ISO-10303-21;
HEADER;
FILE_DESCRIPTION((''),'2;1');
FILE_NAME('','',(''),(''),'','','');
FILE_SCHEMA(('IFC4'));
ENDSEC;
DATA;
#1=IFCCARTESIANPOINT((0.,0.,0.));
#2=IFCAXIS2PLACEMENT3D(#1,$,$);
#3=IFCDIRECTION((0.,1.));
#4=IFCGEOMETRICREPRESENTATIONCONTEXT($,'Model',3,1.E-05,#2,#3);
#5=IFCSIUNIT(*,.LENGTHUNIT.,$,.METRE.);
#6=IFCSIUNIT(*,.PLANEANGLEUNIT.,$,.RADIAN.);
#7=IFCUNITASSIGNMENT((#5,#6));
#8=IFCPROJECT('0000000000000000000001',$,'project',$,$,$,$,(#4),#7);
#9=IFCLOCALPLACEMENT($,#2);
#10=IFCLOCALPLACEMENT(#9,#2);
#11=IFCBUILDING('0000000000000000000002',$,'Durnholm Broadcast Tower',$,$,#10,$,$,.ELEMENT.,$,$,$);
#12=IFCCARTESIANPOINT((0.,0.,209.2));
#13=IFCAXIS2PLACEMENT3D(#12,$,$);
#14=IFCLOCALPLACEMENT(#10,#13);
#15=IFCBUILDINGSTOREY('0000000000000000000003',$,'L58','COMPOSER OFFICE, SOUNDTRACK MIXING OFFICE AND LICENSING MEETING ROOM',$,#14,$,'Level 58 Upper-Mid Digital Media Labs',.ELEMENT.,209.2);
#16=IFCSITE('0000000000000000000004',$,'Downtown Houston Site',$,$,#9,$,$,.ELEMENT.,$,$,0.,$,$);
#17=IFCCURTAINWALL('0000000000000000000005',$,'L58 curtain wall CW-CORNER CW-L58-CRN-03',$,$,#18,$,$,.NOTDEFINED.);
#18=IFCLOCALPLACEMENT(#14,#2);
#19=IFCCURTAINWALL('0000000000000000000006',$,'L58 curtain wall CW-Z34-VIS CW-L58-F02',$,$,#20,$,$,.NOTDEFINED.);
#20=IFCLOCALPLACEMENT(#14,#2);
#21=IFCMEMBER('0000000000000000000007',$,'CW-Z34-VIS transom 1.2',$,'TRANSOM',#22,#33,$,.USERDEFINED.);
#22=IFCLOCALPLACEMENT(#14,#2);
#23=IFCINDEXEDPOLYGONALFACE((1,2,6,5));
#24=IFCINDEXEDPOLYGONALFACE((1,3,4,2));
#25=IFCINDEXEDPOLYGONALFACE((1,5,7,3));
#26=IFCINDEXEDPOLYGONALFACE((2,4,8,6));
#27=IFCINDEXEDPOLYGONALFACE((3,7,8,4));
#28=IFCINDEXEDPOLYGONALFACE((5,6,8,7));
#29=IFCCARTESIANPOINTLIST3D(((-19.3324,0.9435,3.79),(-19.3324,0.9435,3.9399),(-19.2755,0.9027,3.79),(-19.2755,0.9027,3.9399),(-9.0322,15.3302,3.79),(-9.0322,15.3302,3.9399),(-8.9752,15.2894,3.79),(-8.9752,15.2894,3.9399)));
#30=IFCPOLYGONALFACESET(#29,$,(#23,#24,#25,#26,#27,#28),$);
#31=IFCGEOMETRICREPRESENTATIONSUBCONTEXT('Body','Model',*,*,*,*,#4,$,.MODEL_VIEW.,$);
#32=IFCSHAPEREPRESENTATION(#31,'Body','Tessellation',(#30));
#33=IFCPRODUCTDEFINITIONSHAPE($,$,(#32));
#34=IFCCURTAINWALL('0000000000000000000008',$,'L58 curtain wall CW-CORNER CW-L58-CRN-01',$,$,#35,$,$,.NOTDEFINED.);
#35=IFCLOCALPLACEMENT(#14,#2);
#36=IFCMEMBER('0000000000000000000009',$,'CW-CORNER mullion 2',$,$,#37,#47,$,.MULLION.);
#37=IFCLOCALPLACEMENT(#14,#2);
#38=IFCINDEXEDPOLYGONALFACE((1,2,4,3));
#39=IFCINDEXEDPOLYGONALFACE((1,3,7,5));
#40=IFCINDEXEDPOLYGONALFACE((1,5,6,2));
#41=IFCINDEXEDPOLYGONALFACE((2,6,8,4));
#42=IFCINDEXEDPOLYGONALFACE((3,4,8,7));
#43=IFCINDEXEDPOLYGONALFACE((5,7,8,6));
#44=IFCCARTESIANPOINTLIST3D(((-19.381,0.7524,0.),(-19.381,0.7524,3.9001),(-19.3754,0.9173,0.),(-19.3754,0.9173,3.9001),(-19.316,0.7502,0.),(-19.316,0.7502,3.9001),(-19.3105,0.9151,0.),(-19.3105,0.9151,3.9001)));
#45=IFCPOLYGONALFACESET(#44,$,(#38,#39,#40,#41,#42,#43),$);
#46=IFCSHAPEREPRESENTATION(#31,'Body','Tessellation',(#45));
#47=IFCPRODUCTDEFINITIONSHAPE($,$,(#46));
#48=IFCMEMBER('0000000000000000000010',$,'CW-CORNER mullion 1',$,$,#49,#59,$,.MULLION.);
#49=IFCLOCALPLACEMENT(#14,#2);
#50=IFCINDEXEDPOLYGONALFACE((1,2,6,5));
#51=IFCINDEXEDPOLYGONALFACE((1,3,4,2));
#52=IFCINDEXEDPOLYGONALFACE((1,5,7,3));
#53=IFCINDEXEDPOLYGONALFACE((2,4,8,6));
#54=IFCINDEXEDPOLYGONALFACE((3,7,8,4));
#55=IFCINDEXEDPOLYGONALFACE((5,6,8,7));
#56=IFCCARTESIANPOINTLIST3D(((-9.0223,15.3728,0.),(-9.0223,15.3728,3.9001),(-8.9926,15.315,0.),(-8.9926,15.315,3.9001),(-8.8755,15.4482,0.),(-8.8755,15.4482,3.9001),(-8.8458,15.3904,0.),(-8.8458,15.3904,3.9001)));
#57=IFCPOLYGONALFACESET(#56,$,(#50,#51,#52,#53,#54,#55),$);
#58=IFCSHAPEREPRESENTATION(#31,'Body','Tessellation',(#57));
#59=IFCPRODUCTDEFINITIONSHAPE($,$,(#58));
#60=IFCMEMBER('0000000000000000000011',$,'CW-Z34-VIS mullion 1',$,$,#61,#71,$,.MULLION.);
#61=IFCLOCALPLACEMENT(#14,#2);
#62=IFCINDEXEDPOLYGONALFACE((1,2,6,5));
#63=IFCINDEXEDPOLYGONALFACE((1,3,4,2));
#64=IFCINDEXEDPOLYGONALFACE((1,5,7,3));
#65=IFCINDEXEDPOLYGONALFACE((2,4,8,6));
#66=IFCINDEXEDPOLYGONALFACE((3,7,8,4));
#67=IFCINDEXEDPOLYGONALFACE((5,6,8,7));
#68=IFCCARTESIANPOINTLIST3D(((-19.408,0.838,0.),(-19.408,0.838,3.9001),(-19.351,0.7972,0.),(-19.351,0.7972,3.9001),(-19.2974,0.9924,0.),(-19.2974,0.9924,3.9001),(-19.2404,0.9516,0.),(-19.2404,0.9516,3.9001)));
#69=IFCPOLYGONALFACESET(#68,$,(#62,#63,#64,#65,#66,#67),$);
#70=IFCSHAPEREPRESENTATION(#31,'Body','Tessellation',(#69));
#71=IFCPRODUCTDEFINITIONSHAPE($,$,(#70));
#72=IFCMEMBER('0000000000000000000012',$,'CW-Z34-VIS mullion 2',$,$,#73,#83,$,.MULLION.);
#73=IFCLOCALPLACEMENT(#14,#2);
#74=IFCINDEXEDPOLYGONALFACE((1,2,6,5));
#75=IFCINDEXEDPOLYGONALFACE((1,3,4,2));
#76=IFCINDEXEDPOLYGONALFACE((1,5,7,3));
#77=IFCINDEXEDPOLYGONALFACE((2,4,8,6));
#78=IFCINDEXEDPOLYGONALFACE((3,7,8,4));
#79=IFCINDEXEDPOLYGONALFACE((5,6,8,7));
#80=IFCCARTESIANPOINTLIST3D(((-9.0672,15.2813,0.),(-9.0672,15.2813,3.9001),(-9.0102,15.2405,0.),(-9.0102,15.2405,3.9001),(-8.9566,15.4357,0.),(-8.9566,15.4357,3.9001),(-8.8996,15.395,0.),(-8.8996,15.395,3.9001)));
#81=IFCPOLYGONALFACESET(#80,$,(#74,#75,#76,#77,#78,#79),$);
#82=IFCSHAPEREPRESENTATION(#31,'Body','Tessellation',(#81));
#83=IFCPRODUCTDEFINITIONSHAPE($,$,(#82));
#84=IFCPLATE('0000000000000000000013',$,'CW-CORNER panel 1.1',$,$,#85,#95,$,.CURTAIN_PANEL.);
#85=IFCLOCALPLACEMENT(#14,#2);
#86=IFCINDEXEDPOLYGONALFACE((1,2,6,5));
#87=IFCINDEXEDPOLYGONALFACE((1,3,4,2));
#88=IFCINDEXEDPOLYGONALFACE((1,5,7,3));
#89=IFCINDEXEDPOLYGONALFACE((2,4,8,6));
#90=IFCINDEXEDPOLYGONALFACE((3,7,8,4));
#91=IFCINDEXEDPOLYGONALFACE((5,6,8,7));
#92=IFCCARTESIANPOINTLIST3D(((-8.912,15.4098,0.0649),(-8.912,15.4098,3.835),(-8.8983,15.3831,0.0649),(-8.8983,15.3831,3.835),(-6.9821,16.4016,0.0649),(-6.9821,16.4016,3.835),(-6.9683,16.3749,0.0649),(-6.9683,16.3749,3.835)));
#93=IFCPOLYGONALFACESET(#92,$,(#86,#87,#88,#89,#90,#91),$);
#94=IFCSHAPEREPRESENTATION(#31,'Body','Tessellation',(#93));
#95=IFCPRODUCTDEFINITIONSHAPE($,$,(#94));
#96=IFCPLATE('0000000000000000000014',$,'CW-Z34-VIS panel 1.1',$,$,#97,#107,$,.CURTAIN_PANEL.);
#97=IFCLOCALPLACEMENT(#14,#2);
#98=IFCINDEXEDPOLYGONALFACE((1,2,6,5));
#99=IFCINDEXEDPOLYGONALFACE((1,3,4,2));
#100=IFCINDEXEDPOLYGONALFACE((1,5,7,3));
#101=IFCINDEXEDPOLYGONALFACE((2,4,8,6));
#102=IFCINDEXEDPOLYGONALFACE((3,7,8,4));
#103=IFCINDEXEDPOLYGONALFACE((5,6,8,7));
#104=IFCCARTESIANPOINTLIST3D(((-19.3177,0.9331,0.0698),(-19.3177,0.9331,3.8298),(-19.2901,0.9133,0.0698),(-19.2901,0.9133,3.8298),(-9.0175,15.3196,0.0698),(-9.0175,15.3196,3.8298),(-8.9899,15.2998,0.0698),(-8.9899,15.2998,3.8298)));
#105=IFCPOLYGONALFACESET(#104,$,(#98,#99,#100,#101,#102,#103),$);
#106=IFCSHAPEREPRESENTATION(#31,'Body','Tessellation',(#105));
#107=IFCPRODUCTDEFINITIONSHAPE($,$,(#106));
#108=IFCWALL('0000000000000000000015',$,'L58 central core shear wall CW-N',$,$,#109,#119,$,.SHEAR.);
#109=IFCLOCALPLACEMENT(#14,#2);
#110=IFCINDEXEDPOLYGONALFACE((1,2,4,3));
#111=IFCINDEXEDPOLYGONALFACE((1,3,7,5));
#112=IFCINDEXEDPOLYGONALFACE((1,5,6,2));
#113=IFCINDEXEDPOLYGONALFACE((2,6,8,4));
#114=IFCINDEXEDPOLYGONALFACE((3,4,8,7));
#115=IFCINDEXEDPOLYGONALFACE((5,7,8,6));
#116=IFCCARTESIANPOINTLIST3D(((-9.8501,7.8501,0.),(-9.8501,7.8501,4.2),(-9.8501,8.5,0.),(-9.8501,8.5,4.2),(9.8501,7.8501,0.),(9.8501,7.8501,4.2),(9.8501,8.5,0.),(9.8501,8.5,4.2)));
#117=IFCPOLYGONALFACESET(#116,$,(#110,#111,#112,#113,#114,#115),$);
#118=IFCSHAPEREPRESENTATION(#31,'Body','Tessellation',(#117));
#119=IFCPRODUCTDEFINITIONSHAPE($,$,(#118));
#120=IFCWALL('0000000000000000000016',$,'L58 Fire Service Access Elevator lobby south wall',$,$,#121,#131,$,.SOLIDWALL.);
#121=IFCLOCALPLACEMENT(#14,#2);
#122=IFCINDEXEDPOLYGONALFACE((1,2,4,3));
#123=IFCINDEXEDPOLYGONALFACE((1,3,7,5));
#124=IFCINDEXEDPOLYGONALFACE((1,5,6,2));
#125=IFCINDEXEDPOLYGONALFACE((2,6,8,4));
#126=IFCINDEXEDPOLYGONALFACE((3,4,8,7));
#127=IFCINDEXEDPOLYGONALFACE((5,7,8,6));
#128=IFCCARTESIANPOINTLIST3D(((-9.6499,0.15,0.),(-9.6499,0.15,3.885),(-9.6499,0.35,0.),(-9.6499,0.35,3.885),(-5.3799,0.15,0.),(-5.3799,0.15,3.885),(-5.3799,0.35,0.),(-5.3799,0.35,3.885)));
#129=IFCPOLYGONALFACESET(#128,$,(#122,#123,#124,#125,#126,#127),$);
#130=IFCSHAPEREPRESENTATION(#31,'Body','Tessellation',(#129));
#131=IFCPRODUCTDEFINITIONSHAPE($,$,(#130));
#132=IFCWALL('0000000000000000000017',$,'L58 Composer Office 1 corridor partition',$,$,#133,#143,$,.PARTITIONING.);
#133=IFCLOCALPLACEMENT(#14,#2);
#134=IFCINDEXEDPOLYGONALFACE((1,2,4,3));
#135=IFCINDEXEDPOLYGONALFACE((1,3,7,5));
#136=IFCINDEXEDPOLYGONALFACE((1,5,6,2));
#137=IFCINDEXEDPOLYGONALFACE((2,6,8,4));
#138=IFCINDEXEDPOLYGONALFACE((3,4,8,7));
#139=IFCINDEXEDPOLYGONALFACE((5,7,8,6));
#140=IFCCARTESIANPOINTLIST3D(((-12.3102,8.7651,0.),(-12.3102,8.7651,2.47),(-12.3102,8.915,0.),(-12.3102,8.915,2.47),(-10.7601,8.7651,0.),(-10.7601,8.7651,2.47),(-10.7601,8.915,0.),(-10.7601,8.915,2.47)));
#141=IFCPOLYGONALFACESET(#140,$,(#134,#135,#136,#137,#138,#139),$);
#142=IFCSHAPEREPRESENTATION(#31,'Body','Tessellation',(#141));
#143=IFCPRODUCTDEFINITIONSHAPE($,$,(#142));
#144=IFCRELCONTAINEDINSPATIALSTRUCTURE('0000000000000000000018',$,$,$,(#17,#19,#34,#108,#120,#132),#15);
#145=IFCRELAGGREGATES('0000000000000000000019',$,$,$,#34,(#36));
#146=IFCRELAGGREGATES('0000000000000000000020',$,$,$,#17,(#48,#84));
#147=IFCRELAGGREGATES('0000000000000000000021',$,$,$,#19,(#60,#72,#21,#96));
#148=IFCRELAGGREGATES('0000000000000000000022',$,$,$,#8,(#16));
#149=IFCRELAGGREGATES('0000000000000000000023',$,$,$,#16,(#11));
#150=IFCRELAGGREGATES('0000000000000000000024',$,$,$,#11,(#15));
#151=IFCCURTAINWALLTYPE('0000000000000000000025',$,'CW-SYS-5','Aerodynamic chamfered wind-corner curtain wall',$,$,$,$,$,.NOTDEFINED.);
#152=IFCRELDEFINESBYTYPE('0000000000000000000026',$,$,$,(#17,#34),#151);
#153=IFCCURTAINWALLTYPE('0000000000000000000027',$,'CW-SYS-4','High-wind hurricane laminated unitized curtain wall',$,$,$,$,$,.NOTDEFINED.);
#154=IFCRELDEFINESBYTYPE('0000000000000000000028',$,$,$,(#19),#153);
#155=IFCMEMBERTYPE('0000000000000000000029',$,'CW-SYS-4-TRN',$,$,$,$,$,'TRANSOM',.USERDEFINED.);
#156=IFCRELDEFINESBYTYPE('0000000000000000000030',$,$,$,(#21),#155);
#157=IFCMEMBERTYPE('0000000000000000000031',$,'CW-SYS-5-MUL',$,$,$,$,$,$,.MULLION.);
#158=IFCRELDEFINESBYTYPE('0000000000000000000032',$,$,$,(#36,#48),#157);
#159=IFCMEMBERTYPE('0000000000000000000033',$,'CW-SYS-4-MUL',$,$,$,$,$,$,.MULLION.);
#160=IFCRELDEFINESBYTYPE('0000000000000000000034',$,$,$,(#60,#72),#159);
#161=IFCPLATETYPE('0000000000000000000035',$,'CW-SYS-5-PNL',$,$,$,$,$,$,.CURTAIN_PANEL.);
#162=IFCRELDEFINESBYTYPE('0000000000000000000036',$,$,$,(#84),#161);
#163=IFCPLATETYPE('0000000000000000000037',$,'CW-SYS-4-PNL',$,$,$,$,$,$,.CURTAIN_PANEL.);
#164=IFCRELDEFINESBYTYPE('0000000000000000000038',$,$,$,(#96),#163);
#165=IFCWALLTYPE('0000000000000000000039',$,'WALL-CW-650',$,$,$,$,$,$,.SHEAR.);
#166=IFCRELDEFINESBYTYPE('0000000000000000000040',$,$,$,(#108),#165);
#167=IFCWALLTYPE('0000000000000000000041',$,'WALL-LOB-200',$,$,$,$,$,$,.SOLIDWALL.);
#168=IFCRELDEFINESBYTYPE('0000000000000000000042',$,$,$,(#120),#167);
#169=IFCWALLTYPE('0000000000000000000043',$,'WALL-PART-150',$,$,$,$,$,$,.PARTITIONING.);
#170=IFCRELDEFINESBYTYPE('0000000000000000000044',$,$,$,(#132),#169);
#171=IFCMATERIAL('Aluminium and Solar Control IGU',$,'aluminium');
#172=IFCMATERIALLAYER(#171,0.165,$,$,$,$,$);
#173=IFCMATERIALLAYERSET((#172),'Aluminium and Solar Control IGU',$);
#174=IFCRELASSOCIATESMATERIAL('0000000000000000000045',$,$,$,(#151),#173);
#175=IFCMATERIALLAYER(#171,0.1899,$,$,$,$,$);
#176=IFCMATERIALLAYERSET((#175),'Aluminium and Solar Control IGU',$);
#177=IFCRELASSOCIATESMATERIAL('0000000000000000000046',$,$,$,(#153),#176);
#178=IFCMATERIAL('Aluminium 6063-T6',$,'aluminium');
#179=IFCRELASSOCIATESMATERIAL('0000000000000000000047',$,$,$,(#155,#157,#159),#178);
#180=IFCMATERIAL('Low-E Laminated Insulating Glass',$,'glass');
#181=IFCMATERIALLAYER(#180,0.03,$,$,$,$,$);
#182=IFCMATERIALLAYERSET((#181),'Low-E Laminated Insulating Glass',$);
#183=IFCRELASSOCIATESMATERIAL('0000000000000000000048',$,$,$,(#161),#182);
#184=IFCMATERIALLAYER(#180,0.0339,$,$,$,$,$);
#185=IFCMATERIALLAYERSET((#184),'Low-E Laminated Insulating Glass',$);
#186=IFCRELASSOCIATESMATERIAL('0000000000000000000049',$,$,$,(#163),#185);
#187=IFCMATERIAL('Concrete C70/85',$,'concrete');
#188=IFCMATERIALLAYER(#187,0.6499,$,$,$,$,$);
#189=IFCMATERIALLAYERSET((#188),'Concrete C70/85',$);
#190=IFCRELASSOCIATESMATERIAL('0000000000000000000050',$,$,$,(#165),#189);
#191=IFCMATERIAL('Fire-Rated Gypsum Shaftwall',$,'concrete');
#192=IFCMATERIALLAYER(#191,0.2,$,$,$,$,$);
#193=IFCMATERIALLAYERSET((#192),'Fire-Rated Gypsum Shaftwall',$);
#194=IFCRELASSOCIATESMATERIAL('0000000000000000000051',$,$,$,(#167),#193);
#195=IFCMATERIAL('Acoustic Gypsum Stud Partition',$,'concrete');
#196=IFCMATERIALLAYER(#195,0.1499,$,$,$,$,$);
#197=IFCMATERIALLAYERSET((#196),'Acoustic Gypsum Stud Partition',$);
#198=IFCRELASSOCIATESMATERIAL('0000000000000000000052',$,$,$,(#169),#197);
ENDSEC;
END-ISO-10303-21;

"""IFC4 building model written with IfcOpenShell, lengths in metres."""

from ifc_helpers import new_model, si_unit, direction, frame, frame_2d, origin, origin_2d, place, context, subcontext, project, spatial, rectangle, extrude, source, transform, mapped, material, layer, layer_set, material_profile, profile_set, type_object, type_shapes, element, aggregate, save


model = new_model("IFC4")

# Units and contexts
model_context = context("Model", 3, precision=1e-05, world=origin(), true_north=direction((0.0, 1.0)))
body_context = subcontext(model_context, "Body", "Model", "MODEL_VIEW")
ifc_project = project(units=[si_unit("LENGTHUNIT", "METRE"), si_unit("PLANEANGLEUNIT", "RADIAN")], contexts=[model_context])

# Site, building, storey
site_placement = place(None, origin())
site = spatial("IfcSite", under=ifc_project, at=site_placement, Name="Downtown Houston Site", CompositionType="ELEMENT", RefElevation=0.0)
building_placement = place(site_placement, origin())
building = spatial("IfcBuilding", under=site, at=building_placement, Name="Durnholm Broadcast Tower", CompositionType="ELEMENT")
storey_placement = place(building_placement, frame((0.0, 0.0, 209.2)))
storey = spatial("IfcBuildingStorey", under=building, at=storey_placement, Name="L58", Description="COMPOSER OFFICE, SOUNDTRACK MIXING OFFICE AND LICENSING MEETING ROOM", LongName="Level 58 Upper-Mid Digital Media Labs", CompositionType="ELEMENT", Elevation=209.2)

# Shared definitions
ifc_material_1 = material(Name="Concrete C70/85", Category="concrete")

# Curtain walls, member
ifc_material_2 = material(Name="Aluminium and Solar Control IGU", Category="aluminium")
ifc_layer_1 = layer(ifc_material_2, 0.165)
ifc_layer_set_1 = layer_set([ifc_layer_1], Name="Aluminium and Solar Control IGU")
curtain_wall_type_1 = type_object("IfcCurtainWallType", Name="CW-SYS-5", Description="Aerodynamic chamfered wind-corner curtain wall", PredefinedType="NOTDEFINED", material=ifc_layer_set_1)
curtain_wall_1_placement = place(storey_placement, origin())
curtain_wall_1 = element("IfcCurtainWall", 1, at=curtain_wall_1_placement, inside=storey, type_object=curtain_wall_type_1, Name="L58 curtain wall CW-CORNER CW-L58-CRN-03", PredefinedType="NOTDEFINED")
ifc_material_3 = material(Name="Aluminium 6063-T6", Category="aluminium")
ifc_layer_2 = layer(ifc_material_2, 0.1899)
ifc_layer_set_2 = layer_set([ifc_layer_2], Name="Aluminium and Solar Control IGU")
curtain_wall_type_2 = type_object("IfcCurtainWallType", Name="CW-SYS-4", Description="High-wind hurricane laminated unitized curtain wall", PredefinedType="NOTDEFINED", material=ifc_layer_set_2)
curtain_wall_2_placement = place(storey_placement, origin())
curtain_wall_2 = element("IfcCurtainWall", 2, at=curtain_wall_2_placement, inside=storey, type_object=curtain_wall_type_2, Name="L58 curtain wall CW-Z34-VIS CW-L58-F02", PredefinedType="NOTDEFINED")
ifc_material_profile_1 = material_profile(ifc_material_3, rectangle(XDim=0.0701, YDim=0.1499, at=origin_2d()), Name="CWT70X150")
ifc_profile_set_1 = profile_set([ifc_material_profile_1], Name="Aluminium 6063-T6")
member_type_1 = type_object("IfcMemberType", Name="CW-SYS-4-TRN", ElementType="TRANSOM", PredefinedType="USERDEFINED", material=ifc_profile_set_1)
shared_shape_1 = source(origin(), body_context, "Body", "SweptSolid", [
    extrude(rectangle(XDim=0.0701, YDim=0.1499, at=origin_2d()), origin(), (0.0, 0.0, 1.0), 17.6938),
])
type_shapes(member_type_1, [shared_shape_1])
member_1_placement = place(storey_placement, frame((-19.304, 0.9231, 3.865), z_axis=(0.582138, 0.81309, 0.0), x_axis=(-0.81309, 0.582138, 0.0)))
member_1 = element("IfcMember", 3, at=member_1_placement, type_object=member_type_1, Name="CW-Z34-VIS transom 1.2", ObjectType="TRANSOM", PredefinedType="USERDEFINED", context=body_context, shape_type="MappedRepresentation", body=[
    mapped(shared_shape_1, transform((0.0, 0.0, 0.0), x_axis=(1.0, 0.0, 0.0), y_axis=(0.0, 1.0, 0.0), z_axis=(0.0, 0.0, 1.0), scale=1.0)),
])

# Curtain wall, member
curtain_wall_3_placement = place(storey_placement, origin())
curtain_wall_3 = element("IfcCurtainWall", 4, at=curtain_wall_3_placement, inside=storey, type_object=curtain_wall_type_1, Name="L58 curtain wall CW-CORNER CW-L58-CRN-01", PredefinedType="NOTDEFINED")
ifc_material_profile_2 = material_profile(ifc_material_3, rectangle(XDim=0.0649, YDim=0.165, at=origin_2d()), Name="CWM65X165")
ifc_profile_set_2 = profile_set([ifc_material_profile_2], Name="Aluminium 6063-T6")
member_type_2 = type_object("IfcMemberType", Name="CW-SYS-5-MUL", PredefinedType="MULLION", material=ifc_profile_set_2)
shared_shape_2 = source(origin(), body_context, "Body", "SweptSolid", [
    extrude(rectangle(XDim=0.0649, YDim=0.165, at=origin_2d()), origin(), (0.0, 0.0, 1.0), 3.9001),
])
type_shapes(member_type_2, [shared_shape_2])
member_2_placement = place(storey_placement, frame((-19.3457, 0.8337, 0.0), z_axis=(0.0, 0.0, 1.0), x_axis=(-0.999425, 0.033913, 0.0)))
member_2 = element("IfcMember", 5, at=member_2_placement, type_object=member_type_2, Name="CW-CORNER mullion 2", PredefinedType="MULLION", context=body_context, shape_type="MappedRepresentation", body=[
    mapped(shared_shape_2, transform((0.0, 0.0, 0.0), x_axis=(1.0, 0.0, 0.0), y_axis=(0.0, 1.0, 0.0), z_axis=(0.0, 0.0, 1.0), scale=1.0)),
])
aggregate(curtain_wall_3, [member_2])

# Members
member_3_placement = place(storey_placement, frame((-8.9341, 15.3816, 0.0), z_axis=(0.0, 0.0, 1.0), x_axis=(-0.457082, 0.889425, 0.0)))
member_3 = element("IfcMember", 6, at=member_3_placement, type_object=member_type_2, Name="CW-CORNER mullion 1", PredefinedType="MULLION", context=body_context, shape_type="MappedRepresentation", body=[
    mapped(shared_shape_2, transform((0.0, 0.0, 0.0), x_axis=(1.0, 0.0, 0.0), y_axis=(0.0, 1.0, 0.0), z_axis=(0.0, 0.0, 1.0), scale=1.0)),
])
ifc_material_profile_3 = material_profile(ifc_material_3, rectangle(XDim=0.0701, YDim=0.1899, at=origin_2d()), Name="CWM70X190")
ifc_profile_set_3 = profile_set([ifc_material_profile_3], Name="Aluminium 6063-T6")
member_type_3 = type_object("IfcMemberType", Name="CW-SYS-4-MUL", PredefinedType="MULLION", material=ifc_profile_set_3)
shared_shape_3 = source(origin(), body_context, "Body", "SweptSolid", [
    extrude(rectangle(XDim=0.0701, YDim=0.1899, at=origin_2d()), origin(), (0.0, 0.0, 1.0), 3.9001),
])
type_shapes(member_type_3, [shared_shape_3])
member_4_placement = place(storey_placement, frame((-19.3242, 0.8948, 0.0), z_axis=(0.0, 0.0, 1.0), x_axis=(-0.813089, 0.582139, 0.0)))
member_4 = element("IfcMember", 7, at=member_4_placement, type_object=member_type_3, Name="CW-Z34-VIS mullion 1", PredefinedType="MULLION", context=body_context, shape_type="MappedRepresentation", body=[
    mapped(shared_shape_3, transform((0.0, 0.0, 0.0), x_axis=(1.0, 0.0, 0.0), y_axis=(0.0, 1.0, 0.0), z_axis=(0.0, 0.0, 1.0), scale=1.0)),
])
member_5_placement = place(storey_placement, frame((-8.9834, 15.3381, 0.0), z_axis=(0.0, 0.0, 1.0), x_axis=(-0.813089, 0.582139, 0.0)))
member_5 = element("IfcMember", 8, at=member_5_placement, type_object=member_type_3, Name="CW-Z34-VIS mullion 2", PredefinedType="MULLION", context=body_context, shape_type="MappedRepresentation", body=[
    mapped(shared_shape_3, transform((0.0, 0.0, 0.0), x_axis=(1.0, 0.0, 0.0), y_axis=(0.0, 1.0, 0.0), z_axis=(0.0, 0.0, 1.0), scale=1.0)),
])

# Plates
ifc_material_4 = material(Name="Low-E Laminated Insulating Glass", Category="glass")
ifc_layer_3 = layer(ifc_material_4, 0.03)
ifc_layer_set_3 = layer_set([ifc_layer_3], Name="Low-E Laminated Insulating Glass")
plate_type_1 = type_object("IfcPlateType", Name="CW-SYS-5-PNL", PredefinedType="CURTAIN_PANEL", material=ifc_layer_set_3)
shared_shape_4 = source(origin(), body_context, "Body", "SweptSolid", [
    extrude(rectangle(XDim=2.1699, YDim=0.03, at=origin_2d()), origin(), (0.0, 0.0, 1.0), 3.77),
])
type_shapes(plate_type_1, [shared_shape_4])
plate_1_placement = place(storey_placement, frame((-7.9402, 15.8923, 0.0649), z_axis=(0.0, 0.0, 1.0), x_axis=(0.889425, 0.457082, 0.0)))
plate_1 = element("IfcPlate", 9, at=plate_1_placement, type_object=plate_type_1, Name="CW-CORNER panel 1.1", PredefinedType="CURTAIN_PANEL", context=body_context, shape_type="MappedRepresentation", body=[
    mapped(shared_shape_4, transform((0.0, 0.0, 0.0), x_axis=(1.0, 0.0, 0.0), y_axis=(0.0, 1.0, 0.0), z_axis=(0.0, 0.0, 1.0), scale=1.0)),
])
aggregate(curtain_wall_1, [member_3, plate_1])
ifc_layer_4 = layer(ifc_material_4, 0.0339)
ifc_layer_set_4 = layer_set([ifc_layer_4], Name="Low-E Laminated Insulating Glass")
plate_type_2 = type_object("IfcPlateType", Name="CW-SYS-4-PNL", PredefinedType="CURTAIN_PANEL", material=ifc_layer_set_4)
shared_shape_5 = source(origin(), body_context, "Body", "SweptSolid", [
    extrude(rectangle(XDim=17.6936, YDim=0.0339, at=origin_2d()), origin(), (0.0, 0.0, 1.0), 3.76),
])
type_shapes(plate_type_2, [shared_shape_5])
plate_2_placement = place(storey_placement, frame((-14.1538, 8.1165, 0.0698), z_axis=(0.0, 0.0, 1.0), x_axis=(0.582139, 0.813089, 0.0)))
plate_2 = element("IfcPlate", 10, at=plate_2_placement, type_object=plate_type_2, Name="CW-Z34-VIS panel 1.1", PredefinedType="CURTAIN_PANEL", context=body_context, shape_type="MappedRepresentation", body=[
    mapped(shared_shape_5, transform((0.0, 0.0, 0.0), x_axis=(1.0, 0.0, 0.0), y_axis=(0.0, 1.0, 0.0), z_axis=(0.0, 0.0, 1.0), scale=1.0)),
])
aggregate(curtain_wall_2, [member_4, member_5, member_1, plate_2])

# Walls
ifc_layer_5 = layer(ifc_material_1, 0.6499)
ifc_layer_set_5 = layer_set([ifc_layer_5], Name="Concrete C70/85")
wall_type_1 = type_object("IfcWallType", Name="WALL-CW-650", PredefinedType="SHEAR", material=ifc_layer_set_5)
wall_1_placement = place(storey_placement, frame((-9.8501, 8.175, 0.0), z_axis=(0.0, 0.0, 1.0), x_axis=(1.0, 0.0, 0.0)))
element("IfcWall", 11, at=wall_1_placement, inside=storey, type_object=wall_type_1, Name="L58 central core shear wall CW-N", PredefinedType="SHEAR", context=body_context, shape_type="SweptSolid", body=[
    extrude(rectangle(XDim=19.7002, YDim=0.6499, at=frame_2d((9.8501, 0.0))), origin(), (0.0, 0.0, 1.0), 4.2),
])
ifc_material_5 = material(Name="Fire-Rated Gypsum Shaftwall", Category="concrete")
ifc_layer_6 = layer(ifc_material_5, 0.2)
ifc_layer_set_6 = layer_set([ifc_layer_6], Name="Fire-Rated Gypsum Shaftwall")
wall_type_2 = type_object("IfcWallType", Name="WALL-LOB-200", PredefinedType="SOLIDWALL", material=ifc_layer_set_6)
wall_2_placement = place(storey_placement, frame((-9.6499, 0.25, 0.0), z_axis=(0.0, 0.0, 1.0), x_axis=(1.0, 0.0, 0.0)))
element("IfcWall", 12, at=wall_2_placement, inside=storey, type_object=wall_type_2, Name="L58 Fire Service Access Elevator lobby south wall", PredefinedType="SOLIDWALL", context=body_context, shape_type="SweptSolid", body=[
    extrude(rectangle(XDim=4.27, YDim=0.2, at=frame_2d((2.135, 0.0))), origin(), (0.0, 0.0, 1.0), 3.885),
])
ifc_material_6 = material(Name="Acoustic Gypsum Stud Partition", Category="concrete")
ifc_layer_7 = layer(ifc_material_6, 0.1499)
ifc_layer_set_7 = layer_set([ifc_layer_7], Name="Acoustic Gypsum Stud Partition")
wall_type_3 = type_object("IfcWallType", Name="WALL-PART-150", PredefinedType="PARTITIONING", material=ifc_layer_set_7)
wall_3_placement = place(storey_placement, frame((-12.3101, 8.8401, 0.0), z_axis=(0.0, 0.0, 1.0), x_axis=(1.0, 0.0, 0.0)))
element("IfcWall", 13, at=wall_3_placement, inside=storey, type_object=wall_type_3, Name="L58 Composer Office 1 corridor partition", PredefinedType="PARTITIONING", context=body_context, shape_type="SweptSolid", body=[
    extrude(rectangle(XDim=1.55, YDim=0.1499, at=frame_2d((0.7749, 0.0))), origin(), (0.0, 0.0, 1.0), 2.47),
])

save(model, "model.ifc")
